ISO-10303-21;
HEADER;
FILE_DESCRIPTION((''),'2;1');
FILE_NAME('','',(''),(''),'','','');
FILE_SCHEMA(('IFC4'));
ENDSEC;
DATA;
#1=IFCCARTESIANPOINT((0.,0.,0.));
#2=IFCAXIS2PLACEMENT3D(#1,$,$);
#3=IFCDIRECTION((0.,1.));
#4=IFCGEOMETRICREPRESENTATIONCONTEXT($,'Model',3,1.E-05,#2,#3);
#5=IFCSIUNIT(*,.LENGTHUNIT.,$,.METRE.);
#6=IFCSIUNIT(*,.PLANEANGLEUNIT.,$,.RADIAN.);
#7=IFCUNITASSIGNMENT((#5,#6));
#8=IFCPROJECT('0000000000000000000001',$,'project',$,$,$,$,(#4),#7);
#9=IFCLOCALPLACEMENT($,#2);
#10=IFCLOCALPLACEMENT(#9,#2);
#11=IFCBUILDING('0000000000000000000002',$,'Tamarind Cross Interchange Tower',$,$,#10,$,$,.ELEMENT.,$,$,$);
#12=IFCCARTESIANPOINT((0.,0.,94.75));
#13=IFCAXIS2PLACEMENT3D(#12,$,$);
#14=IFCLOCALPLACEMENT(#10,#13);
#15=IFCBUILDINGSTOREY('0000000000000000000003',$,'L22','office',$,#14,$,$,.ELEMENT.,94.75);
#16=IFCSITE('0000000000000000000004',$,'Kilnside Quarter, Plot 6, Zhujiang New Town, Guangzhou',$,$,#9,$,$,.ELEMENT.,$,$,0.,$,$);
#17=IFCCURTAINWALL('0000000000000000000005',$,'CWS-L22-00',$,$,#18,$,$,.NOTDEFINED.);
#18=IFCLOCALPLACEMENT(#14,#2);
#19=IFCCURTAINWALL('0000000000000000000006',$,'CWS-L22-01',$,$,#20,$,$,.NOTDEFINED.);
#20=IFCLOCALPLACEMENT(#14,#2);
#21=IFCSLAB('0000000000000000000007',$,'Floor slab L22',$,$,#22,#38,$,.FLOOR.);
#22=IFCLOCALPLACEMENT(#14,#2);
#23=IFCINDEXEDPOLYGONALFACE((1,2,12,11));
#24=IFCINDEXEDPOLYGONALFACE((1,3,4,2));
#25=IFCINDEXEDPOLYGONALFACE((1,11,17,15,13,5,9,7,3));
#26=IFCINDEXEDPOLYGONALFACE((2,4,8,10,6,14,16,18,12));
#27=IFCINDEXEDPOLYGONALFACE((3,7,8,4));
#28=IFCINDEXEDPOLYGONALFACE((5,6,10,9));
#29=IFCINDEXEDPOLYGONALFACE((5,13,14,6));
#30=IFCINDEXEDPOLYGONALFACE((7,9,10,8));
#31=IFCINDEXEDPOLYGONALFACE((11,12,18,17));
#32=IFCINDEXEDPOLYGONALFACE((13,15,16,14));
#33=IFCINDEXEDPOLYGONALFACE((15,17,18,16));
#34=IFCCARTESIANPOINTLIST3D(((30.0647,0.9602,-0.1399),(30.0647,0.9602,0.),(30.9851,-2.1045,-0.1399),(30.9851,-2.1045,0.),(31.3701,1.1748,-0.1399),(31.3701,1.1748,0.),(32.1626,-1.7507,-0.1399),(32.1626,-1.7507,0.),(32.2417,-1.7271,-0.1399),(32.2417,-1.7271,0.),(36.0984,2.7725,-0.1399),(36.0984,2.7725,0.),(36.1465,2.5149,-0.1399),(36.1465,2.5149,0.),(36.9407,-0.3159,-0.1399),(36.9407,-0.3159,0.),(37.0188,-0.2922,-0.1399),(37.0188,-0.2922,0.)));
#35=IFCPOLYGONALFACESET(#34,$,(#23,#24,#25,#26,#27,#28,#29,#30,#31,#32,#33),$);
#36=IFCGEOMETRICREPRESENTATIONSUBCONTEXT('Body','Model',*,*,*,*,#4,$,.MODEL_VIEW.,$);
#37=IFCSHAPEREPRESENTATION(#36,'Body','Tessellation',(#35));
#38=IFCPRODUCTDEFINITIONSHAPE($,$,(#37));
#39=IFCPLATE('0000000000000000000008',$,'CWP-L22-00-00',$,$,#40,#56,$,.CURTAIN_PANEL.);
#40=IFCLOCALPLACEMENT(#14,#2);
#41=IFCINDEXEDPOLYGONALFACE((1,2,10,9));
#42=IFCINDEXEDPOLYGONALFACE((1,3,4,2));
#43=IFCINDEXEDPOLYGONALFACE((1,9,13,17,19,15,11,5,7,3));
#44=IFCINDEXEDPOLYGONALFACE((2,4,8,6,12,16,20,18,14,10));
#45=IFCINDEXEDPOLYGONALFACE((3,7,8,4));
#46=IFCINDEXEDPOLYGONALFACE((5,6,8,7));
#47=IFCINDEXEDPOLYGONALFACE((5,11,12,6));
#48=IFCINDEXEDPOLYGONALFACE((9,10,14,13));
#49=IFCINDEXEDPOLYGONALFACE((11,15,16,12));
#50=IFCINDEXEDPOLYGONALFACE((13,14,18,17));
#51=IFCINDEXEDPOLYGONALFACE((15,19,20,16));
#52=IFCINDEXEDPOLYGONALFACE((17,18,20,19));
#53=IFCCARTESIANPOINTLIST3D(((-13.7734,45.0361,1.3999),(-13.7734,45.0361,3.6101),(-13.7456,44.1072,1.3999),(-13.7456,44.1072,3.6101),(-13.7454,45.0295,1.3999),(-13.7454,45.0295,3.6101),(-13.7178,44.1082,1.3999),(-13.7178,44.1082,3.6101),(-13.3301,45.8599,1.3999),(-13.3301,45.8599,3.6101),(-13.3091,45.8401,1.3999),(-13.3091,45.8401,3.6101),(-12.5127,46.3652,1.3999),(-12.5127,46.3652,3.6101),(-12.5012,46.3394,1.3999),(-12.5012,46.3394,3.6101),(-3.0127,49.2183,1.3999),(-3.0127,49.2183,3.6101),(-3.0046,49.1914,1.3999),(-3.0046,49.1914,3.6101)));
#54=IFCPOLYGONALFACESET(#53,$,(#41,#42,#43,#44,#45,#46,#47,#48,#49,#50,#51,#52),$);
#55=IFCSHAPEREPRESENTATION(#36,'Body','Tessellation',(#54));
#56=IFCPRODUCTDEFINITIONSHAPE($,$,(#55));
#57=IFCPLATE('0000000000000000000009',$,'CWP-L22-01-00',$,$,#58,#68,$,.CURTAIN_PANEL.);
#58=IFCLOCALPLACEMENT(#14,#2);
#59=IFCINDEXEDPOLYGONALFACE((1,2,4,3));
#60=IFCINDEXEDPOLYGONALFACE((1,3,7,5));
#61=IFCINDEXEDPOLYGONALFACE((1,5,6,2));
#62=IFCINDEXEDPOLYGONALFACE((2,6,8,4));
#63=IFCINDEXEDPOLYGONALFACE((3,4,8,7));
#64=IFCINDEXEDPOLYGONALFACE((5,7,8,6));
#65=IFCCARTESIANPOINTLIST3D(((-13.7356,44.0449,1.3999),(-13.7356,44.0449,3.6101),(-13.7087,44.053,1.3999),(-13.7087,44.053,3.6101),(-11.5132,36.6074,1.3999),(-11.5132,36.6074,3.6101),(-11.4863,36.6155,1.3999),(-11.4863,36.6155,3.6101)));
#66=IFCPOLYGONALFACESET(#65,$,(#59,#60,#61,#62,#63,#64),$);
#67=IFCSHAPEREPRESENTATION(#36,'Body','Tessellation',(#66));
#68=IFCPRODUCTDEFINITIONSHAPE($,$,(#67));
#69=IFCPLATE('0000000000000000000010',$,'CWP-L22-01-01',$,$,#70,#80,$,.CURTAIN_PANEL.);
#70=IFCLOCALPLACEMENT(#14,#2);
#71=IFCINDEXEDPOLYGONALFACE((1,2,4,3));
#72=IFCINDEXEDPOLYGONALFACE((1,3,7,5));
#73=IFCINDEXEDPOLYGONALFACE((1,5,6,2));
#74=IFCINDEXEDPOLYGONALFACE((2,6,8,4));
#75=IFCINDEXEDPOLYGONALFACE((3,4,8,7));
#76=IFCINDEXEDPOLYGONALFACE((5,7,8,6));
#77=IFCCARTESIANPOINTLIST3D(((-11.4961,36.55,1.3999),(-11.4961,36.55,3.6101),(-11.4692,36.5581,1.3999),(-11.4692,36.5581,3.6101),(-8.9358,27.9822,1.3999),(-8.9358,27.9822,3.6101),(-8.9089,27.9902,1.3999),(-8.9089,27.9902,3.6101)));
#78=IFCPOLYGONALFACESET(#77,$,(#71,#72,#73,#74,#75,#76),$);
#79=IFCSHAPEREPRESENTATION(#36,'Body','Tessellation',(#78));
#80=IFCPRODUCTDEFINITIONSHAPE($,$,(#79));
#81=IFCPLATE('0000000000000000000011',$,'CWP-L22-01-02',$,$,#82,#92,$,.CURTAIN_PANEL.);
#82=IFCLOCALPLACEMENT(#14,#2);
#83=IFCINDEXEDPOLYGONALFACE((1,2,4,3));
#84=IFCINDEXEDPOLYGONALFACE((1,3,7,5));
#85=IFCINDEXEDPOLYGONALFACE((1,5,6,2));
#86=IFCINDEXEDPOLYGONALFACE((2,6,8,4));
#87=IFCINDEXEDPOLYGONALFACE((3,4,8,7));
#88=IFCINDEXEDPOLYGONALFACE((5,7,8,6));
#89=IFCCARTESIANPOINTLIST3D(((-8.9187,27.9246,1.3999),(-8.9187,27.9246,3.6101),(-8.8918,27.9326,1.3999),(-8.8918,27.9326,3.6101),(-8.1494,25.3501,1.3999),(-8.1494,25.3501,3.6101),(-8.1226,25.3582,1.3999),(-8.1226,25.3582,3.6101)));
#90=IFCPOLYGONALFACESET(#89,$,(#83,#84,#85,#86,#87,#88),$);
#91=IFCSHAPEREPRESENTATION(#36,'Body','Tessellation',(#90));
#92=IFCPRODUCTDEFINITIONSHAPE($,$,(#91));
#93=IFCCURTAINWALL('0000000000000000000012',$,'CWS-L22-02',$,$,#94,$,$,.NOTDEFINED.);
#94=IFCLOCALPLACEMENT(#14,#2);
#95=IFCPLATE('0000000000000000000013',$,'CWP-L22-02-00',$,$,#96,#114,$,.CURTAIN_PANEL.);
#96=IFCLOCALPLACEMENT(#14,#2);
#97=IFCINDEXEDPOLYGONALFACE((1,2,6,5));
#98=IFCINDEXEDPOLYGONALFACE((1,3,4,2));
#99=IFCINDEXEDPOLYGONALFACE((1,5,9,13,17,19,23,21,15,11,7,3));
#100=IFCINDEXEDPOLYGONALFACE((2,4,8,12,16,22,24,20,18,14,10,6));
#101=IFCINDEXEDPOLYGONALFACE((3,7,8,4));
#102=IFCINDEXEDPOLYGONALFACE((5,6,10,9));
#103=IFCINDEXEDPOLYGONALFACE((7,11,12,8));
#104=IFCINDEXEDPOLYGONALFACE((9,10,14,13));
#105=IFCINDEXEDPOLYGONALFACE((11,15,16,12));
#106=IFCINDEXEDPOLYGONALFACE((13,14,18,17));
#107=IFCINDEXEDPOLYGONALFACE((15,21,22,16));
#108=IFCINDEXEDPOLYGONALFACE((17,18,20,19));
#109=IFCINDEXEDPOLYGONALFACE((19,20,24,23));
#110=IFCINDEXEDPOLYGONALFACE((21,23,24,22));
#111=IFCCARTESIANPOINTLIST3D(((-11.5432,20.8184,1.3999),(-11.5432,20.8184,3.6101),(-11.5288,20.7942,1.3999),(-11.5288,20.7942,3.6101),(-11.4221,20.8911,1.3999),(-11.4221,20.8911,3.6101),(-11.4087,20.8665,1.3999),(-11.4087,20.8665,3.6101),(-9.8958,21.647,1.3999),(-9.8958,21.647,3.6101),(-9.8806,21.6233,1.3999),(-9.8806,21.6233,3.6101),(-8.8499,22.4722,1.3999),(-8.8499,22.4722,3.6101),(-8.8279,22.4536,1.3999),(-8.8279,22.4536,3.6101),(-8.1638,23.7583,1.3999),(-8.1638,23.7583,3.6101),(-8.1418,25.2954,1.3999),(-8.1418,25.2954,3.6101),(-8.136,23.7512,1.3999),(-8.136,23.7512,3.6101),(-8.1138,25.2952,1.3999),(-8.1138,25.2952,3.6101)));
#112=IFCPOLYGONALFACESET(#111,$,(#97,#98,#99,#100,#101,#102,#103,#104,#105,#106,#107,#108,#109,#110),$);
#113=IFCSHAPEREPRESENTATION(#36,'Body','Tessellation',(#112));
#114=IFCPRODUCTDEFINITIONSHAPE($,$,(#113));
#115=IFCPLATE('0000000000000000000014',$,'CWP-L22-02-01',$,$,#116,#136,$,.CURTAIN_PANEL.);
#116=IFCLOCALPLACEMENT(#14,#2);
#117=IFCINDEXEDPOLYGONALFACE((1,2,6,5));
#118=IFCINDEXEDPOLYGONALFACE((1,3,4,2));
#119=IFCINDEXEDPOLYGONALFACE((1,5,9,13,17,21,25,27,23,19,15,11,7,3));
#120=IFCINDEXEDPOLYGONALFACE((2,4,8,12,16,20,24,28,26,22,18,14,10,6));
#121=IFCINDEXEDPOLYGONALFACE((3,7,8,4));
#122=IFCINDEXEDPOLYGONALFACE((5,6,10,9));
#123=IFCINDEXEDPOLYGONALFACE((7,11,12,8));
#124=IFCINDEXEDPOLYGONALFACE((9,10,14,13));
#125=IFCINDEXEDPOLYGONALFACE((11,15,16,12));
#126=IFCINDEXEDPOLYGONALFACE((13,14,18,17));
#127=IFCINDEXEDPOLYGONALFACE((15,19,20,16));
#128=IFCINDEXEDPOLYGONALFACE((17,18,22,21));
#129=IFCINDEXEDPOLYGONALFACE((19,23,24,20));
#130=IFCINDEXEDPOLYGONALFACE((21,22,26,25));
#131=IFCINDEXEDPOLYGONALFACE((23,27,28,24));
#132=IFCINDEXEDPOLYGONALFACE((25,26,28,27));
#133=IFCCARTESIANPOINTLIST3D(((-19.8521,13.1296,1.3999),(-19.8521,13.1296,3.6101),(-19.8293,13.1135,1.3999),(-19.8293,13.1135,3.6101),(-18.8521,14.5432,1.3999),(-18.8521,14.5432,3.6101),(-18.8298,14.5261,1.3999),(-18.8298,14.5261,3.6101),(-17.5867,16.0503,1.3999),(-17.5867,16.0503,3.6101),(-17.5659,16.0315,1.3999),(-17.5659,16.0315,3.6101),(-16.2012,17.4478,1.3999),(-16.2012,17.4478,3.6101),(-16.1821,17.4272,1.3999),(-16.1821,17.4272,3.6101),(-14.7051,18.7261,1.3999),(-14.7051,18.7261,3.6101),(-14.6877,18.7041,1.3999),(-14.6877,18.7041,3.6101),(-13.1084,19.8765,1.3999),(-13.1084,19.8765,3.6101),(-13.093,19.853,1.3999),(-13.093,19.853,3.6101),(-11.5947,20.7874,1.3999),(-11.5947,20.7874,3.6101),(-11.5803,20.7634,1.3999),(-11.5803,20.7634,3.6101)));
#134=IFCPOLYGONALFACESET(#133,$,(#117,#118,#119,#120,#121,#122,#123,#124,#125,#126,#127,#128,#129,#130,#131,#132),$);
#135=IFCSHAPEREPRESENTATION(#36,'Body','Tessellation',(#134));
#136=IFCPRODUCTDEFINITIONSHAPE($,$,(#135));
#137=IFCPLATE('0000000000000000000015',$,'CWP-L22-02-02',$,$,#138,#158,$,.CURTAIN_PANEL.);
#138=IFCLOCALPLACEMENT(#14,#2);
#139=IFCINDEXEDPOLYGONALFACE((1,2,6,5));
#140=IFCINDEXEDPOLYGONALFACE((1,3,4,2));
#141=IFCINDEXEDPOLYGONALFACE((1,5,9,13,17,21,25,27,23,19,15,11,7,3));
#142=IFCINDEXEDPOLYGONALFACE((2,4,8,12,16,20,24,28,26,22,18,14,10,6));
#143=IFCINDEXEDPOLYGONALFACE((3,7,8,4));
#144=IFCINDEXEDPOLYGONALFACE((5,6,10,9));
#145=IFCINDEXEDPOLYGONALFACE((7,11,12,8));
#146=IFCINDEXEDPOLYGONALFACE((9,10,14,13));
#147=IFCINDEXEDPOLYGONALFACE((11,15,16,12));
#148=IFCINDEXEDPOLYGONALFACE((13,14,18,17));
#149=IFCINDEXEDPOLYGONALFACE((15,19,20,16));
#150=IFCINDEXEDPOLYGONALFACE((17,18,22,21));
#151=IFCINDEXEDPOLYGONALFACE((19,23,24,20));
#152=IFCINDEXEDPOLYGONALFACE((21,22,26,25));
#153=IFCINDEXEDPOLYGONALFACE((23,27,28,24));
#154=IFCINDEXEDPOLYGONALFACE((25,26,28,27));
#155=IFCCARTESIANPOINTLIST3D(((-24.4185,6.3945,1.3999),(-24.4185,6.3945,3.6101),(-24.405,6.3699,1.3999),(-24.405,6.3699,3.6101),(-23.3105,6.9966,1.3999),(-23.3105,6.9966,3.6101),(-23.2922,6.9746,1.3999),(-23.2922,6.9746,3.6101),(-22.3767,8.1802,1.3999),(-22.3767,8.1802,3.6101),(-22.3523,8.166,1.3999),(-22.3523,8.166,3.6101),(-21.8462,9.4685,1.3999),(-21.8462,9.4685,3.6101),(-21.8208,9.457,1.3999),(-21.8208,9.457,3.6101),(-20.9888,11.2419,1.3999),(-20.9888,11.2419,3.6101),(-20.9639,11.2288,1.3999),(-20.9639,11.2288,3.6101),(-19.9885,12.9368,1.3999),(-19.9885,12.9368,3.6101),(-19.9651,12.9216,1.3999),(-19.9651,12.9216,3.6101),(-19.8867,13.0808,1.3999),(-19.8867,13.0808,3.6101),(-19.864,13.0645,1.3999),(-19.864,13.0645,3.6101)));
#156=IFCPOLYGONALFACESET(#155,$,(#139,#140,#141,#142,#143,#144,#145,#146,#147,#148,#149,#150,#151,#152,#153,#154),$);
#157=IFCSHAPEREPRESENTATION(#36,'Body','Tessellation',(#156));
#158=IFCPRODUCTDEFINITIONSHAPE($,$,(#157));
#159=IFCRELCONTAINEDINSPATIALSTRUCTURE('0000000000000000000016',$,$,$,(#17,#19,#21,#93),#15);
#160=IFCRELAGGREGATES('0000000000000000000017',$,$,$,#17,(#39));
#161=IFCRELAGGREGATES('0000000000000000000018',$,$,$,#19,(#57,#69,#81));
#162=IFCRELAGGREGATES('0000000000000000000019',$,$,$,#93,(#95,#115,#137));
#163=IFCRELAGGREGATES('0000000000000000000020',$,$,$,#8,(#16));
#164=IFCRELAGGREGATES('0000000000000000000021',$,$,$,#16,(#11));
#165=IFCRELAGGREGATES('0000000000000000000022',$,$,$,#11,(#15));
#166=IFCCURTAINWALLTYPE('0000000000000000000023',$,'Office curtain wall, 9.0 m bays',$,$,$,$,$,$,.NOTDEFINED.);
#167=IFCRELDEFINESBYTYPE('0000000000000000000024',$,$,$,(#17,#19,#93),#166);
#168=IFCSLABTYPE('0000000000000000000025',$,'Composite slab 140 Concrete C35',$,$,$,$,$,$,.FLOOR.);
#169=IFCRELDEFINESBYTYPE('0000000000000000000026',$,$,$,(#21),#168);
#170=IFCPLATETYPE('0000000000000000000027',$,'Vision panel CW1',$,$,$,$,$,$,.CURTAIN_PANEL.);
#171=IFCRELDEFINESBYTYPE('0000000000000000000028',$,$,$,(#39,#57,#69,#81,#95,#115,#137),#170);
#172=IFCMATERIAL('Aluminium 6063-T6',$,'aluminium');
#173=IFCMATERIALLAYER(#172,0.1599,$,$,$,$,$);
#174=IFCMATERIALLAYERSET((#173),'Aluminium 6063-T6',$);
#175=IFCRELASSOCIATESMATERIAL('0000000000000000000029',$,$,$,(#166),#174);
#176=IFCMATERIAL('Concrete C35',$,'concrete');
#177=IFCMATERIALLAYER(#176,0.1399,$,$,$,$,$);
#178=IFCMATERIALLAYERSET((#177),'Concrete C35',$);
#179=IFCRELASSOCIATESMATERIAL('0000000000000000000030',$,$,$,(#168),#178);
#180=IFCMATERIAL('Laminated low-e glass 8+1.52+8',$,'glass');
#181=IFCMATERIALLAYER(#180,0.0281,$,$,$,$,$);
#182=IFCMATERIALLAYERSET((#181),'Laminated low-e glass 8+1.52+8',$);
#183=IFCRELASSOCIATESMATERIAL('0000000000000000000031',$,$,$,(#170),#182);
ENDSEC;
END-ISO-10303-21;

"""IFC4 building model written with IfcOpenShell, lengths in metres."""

from ifc_helpers import new_model, si_unit, direction, frame, origin, place, context, subcontext, project, spatial, polyline, outline, extrude, material, layer, layer_set, type_object, element, aggregate, save


model = new_model("IFC4")

# Units and contexts
model_context = context("Model", 3, precision=1e-05, world=origin(), true_north=direction((0.0, 1.0)))
body_context = subcontext(model_context, "Body", "Model", "MODEL_VIEW")
ifc_project = project(units=[si_unit("LENGTHUNIT", "METRE"), si_unit("PLANEANGLEUNIT", "RADIAN")], contexts=[model_context])

# Site, building, storey
site_placement = place(None, origin())
site = spatial("IfcSite", under=ifc_project, at=site_placement, Name="Kilnside Quarter, Plot 6, Zhujiang New Town, Guangzhou", CompositionType="ELEMENT", RefElevation=0.0)
building_placement = place(site_placement, origin())
building = spatial("IfcBuilding", under=site, at=building_placement, Name="Tamarind Cross Interchange Tower", CompositionType="ELEMENT")
storey_placement = place(building_placement, frame((0.0, 0.0, 94.75)))
storey = spatial("IfcBuildingStorey", under=building, at=storey_placement, Name="L22", Description="office", CompositionType="ELEMENT", Elevation=94.75)

# Curtain walls
ifc_material_1 = material(Name="Aluminium 6063-T6", Category="aluminium")
ifc_layer_1 = layer(ifc_material_1, 0.1599)
ifc_layer_set_1 = layer_set([ifc_layer_1], Name="Aluminium 6063-T6")
curtain_wall_type = type_object("IfcCurtainWallType", Name="Office curtain wall, 9.0 m bays", PredefinedType="NOTDEFINED", material=ifc_layer_set_1)
curtain_wall_1_placement = place(storey_placement, origin())
curtain_wall_1 = element("IfcCurtainWall", 1, at=curtain_wall_1_placement, inside=storey, type_object=curtain_wall_type, Name="CWS-L22-00", PredefinedType="NOTDEFINED")
curtain_wall_2_placement = place(storey_placement, origin())
curtain_wall_2 = element("IfcCurtainWall", 2, at=curtain_wall_2_placement, inside=storey, type_object=curtain_wall_type, Name="CWS-L22-01", PredefinedType="NOTDEFINED")

# Slab
ifc_material_2 = material(Name="Concrete C35", Category="concrete")
ifc_layer_2 = layer(ifc_material_2, 0.1399)
ifc_layer_set_2 = layer_set([ifc_layer_2], Name="Concrete C35")
slab_type = type_object("IfcSlabType", Name="Composite slab 140 Concrete C35", PredefinedType="FLOOR", material=ifc_layer_set_2)
slab_1_placement = place(storey_placement, frame((0.0, 0.0, -0.1399)))
element("IfcSlab", 3, at=slab_1_placement, inside=storey, type_object=slab_type, Name="Floor slab L22", PredefinedType="FLOOR", context=body_context, shape_type="SweptSolid", body=[
    extrude(outline(polyline([(37.0188, -0.2922), (36.0984, 2.7725), (30.0647, 0.9602), (30.9851, -2.1045), (32.1626, -1.7507), (32.2417, -1.7271), (31.3701, 1.1748), (36.1465, 2.5149), (36.9407, -0.3159), (37.0188, -0.2922)])), origin(), (0.0, 0.0, 1.0), 0.1399),
])

# Plates
ifc_material_3 = material(Name="Laminated low-e glass 8+1.52+8", Category="glass")
ifc_layer_3 = layer(ifc_material_3, 0.0281)
ifc_layer_set_3 = layer_set([ifc_layer_3], Name="Laminated low-e glass 8+1.52+8")
plate_type = type_object("IfcPlateType", Name="Vision panel CW1", PredefinedType="CURTAIN_PANEL", material=ifc_layer_set_3)
plate_1_placement = place(storey_placement, frame((0.0, 0.0, 1.3999)))
plate_1 = element("IfcPlate", 4, at=plate_1_placement, type_object=plate_type, Name="CWP-L22-00-00", PredefinedType="CURTAIN_PANEL", context=body_context, shape_type="SweptSolid", body=[
    extrude(outline(polyline([(-3.0046, 49.1914), (-12.5012, 46.3394), (-13.3091, 45.8401), (-13.7454, 45.0295), (-13.7178, 44.1082), (-13.7456, 44.1072), (-13.7734, 45.0361), (-13.3301, 45.8599), (-12.5127, 46.3652), (-3.0127, 49.2183), (-3.0046, 49.1914)])), origin(), (0.0, 0.0, 1.0), 2.2102),
])
aggregate(curtain_wall_1, [plate_1])
plate_2_placement = place(storey_placement, frame((0.0, 0.0, 1.3999)))
plate_2 = element("IfcPlate", 5, at=plate_2_placement, type_object=plate_type, Name="CWP-L22-01-00", PredefinedType="CURTAIN_PANEL", context=body_context, shape_type="SweptSolid", body=[
    extrude(outline(polyline([(-13.7087, 44.053), (-11.4863, 36.6155), (-11.5132, 36.6074), (-13.7356, 44.0449), (-13.7087, 44.053)])), origin(), (0.0, 0.0, 1.0), 2.2102),
])
plate_3_placement = place(storey_placement, frame((0.0, 0.0, 1.3999)))
plate_3 = element("IfcPlate", 6, at=plate_3_placement, type_object=plate_type, Name="CWP-L22-01-01", PredefinedType="CURTAIN_PANEL", context=body_context, shape_type="SweptSolid", body=[
    extrude(outline(polyline([(-11.4692, 36.5581), (-8.9089, 27.9902), (-8.9358, 27.9822), (-11.4961, 36.55), (-11.4692, 36.5581)])), origin(), (0.0, 0.0, 1.0), 2.2102),
])
plate_4_placement = place(storey_placement, frame((0.0, 0.0, 1.3999)))
plate_4 = element("IfcPlate", 7, at=plate_4_placement, type_object=plate_type, Name="CWP-L22-01-02", PredefinedType="CURTAIN_PANEL", context=body_context, shape_type="SweptSolid", body=[
    extrude(outline(polyline([(-8.8918, 27.9326), (-8.1226, 25.3582), (-8.1494, 25.3501), (-8.9187, 27.9246), (-8.8918, 27.9326)])), origin(), (0.0, 0.0, 1.0), 2.2102),
])
aggregate(curtain_wall_2, [plate_2, plate_3, plate_4])

# Curtain wall, plates
curtain_wall_3_placement = place(storey_placement, origin())
curtain_wall_3 = element("IfcCurtainWall", 8, at=curtain_wall_3_placement, inside=storey, type_object=curtain_wall_type, Name="CWS-L22-02", PredefinedType="NOTDEFINED")
plate_5_placement = place(storey_placement, frame((0.0, 0.0, 1.3999)))
plate_5 = element("IfcPlate", 9, at=plate_5_placement, type_object=plate_type, Name="CWP-L22-02-00", PredefinedType="CURTAIN_PANEL", context=body_context, shape_type="SweptSolid", body=[
    extrude(outline(polyline([(-8.1138, 25.2952), (-8.136, 23.7512), (-8.8279, 22.4536), (-9.8806, 21.6233), (-11.4087, 20.8665), (-11.5288, 20.7942), (-11.5432, 20.8184), (-11.4221, 20.8911), (-9.8958, 21.647), (-8.8499, 22.4722), (-8.1638, 23.7583), (-8.1418, 25.2954), (-8.1138, 25.2952)])), origin(), (0.0, 0.0, 1.0), 2.2102),
])
plate_6_placement = place(storey_placement, frame((0.0, 0.0, 1.3999)))
plate_6 = element("IfcPlate", 10, at=plate_6_placement, type_object=plate_type, Name="CWP-L22-02-01", PredefinedType="CURTAIN_PANEL", context=body_context, shape_type="SweptSolid", body=[
    extrude(outline(polyline([(-11.5803, 20.7634), (-13.093, 19.853), (-14.6877, 18.7041), (-16.1821, 17.4272), (-17.5659, 16.0315), (-18.8298, 14.5261), (-19.8293, 13.1135), (-19.8521, 13.1296), (-18.8521, 14.5432), (-17.5867, 16.0503), (-16.2012, 17.4478), (-14.7051, 18.7261), (-13.1084, 19.8765), (-11.5947, 20.7874), (-11.5803, 20.7634)])), origin(), (0.0, 0.0, 1.0), 2.2102),
])
plate_7_placement = place(storey_placement, frame((0.0, 0.0, 1.3999)))
plate_7 = element("IfcPlate", 11, at=plate_7_placement, type_object=plate_type, Name="CWP-L22-02-02", PredefinedType="CURTAIN_PANEL", context=body_context, shape_type="SweptSolid", body=[
    extrude(outline(polyline([(-19.864, 13.0645), (-19.9651, 12.9216), (-20.9639, 11.2288), (-21.8208, 9.457), (-22.3523, 8.166), (-23.2922, 6.9746), (-24.405, 6.3699), (-24.4185, 6.3945), (-23.3105, 6.9966), (-22.3767, 8.1802), (-21.8462, 9.4685), (-20.9888, 11.2419), (-19.9885, 12.9368), (-19.8867, 13.0808), (-19.864, 13.0645)])), origin(), (0.0, 0.0, 1.0), 2.2102),
])
aggregate(curtain_wall_3, [plate_5, plate_6, plate_7])

save(model, "model.ifc")
